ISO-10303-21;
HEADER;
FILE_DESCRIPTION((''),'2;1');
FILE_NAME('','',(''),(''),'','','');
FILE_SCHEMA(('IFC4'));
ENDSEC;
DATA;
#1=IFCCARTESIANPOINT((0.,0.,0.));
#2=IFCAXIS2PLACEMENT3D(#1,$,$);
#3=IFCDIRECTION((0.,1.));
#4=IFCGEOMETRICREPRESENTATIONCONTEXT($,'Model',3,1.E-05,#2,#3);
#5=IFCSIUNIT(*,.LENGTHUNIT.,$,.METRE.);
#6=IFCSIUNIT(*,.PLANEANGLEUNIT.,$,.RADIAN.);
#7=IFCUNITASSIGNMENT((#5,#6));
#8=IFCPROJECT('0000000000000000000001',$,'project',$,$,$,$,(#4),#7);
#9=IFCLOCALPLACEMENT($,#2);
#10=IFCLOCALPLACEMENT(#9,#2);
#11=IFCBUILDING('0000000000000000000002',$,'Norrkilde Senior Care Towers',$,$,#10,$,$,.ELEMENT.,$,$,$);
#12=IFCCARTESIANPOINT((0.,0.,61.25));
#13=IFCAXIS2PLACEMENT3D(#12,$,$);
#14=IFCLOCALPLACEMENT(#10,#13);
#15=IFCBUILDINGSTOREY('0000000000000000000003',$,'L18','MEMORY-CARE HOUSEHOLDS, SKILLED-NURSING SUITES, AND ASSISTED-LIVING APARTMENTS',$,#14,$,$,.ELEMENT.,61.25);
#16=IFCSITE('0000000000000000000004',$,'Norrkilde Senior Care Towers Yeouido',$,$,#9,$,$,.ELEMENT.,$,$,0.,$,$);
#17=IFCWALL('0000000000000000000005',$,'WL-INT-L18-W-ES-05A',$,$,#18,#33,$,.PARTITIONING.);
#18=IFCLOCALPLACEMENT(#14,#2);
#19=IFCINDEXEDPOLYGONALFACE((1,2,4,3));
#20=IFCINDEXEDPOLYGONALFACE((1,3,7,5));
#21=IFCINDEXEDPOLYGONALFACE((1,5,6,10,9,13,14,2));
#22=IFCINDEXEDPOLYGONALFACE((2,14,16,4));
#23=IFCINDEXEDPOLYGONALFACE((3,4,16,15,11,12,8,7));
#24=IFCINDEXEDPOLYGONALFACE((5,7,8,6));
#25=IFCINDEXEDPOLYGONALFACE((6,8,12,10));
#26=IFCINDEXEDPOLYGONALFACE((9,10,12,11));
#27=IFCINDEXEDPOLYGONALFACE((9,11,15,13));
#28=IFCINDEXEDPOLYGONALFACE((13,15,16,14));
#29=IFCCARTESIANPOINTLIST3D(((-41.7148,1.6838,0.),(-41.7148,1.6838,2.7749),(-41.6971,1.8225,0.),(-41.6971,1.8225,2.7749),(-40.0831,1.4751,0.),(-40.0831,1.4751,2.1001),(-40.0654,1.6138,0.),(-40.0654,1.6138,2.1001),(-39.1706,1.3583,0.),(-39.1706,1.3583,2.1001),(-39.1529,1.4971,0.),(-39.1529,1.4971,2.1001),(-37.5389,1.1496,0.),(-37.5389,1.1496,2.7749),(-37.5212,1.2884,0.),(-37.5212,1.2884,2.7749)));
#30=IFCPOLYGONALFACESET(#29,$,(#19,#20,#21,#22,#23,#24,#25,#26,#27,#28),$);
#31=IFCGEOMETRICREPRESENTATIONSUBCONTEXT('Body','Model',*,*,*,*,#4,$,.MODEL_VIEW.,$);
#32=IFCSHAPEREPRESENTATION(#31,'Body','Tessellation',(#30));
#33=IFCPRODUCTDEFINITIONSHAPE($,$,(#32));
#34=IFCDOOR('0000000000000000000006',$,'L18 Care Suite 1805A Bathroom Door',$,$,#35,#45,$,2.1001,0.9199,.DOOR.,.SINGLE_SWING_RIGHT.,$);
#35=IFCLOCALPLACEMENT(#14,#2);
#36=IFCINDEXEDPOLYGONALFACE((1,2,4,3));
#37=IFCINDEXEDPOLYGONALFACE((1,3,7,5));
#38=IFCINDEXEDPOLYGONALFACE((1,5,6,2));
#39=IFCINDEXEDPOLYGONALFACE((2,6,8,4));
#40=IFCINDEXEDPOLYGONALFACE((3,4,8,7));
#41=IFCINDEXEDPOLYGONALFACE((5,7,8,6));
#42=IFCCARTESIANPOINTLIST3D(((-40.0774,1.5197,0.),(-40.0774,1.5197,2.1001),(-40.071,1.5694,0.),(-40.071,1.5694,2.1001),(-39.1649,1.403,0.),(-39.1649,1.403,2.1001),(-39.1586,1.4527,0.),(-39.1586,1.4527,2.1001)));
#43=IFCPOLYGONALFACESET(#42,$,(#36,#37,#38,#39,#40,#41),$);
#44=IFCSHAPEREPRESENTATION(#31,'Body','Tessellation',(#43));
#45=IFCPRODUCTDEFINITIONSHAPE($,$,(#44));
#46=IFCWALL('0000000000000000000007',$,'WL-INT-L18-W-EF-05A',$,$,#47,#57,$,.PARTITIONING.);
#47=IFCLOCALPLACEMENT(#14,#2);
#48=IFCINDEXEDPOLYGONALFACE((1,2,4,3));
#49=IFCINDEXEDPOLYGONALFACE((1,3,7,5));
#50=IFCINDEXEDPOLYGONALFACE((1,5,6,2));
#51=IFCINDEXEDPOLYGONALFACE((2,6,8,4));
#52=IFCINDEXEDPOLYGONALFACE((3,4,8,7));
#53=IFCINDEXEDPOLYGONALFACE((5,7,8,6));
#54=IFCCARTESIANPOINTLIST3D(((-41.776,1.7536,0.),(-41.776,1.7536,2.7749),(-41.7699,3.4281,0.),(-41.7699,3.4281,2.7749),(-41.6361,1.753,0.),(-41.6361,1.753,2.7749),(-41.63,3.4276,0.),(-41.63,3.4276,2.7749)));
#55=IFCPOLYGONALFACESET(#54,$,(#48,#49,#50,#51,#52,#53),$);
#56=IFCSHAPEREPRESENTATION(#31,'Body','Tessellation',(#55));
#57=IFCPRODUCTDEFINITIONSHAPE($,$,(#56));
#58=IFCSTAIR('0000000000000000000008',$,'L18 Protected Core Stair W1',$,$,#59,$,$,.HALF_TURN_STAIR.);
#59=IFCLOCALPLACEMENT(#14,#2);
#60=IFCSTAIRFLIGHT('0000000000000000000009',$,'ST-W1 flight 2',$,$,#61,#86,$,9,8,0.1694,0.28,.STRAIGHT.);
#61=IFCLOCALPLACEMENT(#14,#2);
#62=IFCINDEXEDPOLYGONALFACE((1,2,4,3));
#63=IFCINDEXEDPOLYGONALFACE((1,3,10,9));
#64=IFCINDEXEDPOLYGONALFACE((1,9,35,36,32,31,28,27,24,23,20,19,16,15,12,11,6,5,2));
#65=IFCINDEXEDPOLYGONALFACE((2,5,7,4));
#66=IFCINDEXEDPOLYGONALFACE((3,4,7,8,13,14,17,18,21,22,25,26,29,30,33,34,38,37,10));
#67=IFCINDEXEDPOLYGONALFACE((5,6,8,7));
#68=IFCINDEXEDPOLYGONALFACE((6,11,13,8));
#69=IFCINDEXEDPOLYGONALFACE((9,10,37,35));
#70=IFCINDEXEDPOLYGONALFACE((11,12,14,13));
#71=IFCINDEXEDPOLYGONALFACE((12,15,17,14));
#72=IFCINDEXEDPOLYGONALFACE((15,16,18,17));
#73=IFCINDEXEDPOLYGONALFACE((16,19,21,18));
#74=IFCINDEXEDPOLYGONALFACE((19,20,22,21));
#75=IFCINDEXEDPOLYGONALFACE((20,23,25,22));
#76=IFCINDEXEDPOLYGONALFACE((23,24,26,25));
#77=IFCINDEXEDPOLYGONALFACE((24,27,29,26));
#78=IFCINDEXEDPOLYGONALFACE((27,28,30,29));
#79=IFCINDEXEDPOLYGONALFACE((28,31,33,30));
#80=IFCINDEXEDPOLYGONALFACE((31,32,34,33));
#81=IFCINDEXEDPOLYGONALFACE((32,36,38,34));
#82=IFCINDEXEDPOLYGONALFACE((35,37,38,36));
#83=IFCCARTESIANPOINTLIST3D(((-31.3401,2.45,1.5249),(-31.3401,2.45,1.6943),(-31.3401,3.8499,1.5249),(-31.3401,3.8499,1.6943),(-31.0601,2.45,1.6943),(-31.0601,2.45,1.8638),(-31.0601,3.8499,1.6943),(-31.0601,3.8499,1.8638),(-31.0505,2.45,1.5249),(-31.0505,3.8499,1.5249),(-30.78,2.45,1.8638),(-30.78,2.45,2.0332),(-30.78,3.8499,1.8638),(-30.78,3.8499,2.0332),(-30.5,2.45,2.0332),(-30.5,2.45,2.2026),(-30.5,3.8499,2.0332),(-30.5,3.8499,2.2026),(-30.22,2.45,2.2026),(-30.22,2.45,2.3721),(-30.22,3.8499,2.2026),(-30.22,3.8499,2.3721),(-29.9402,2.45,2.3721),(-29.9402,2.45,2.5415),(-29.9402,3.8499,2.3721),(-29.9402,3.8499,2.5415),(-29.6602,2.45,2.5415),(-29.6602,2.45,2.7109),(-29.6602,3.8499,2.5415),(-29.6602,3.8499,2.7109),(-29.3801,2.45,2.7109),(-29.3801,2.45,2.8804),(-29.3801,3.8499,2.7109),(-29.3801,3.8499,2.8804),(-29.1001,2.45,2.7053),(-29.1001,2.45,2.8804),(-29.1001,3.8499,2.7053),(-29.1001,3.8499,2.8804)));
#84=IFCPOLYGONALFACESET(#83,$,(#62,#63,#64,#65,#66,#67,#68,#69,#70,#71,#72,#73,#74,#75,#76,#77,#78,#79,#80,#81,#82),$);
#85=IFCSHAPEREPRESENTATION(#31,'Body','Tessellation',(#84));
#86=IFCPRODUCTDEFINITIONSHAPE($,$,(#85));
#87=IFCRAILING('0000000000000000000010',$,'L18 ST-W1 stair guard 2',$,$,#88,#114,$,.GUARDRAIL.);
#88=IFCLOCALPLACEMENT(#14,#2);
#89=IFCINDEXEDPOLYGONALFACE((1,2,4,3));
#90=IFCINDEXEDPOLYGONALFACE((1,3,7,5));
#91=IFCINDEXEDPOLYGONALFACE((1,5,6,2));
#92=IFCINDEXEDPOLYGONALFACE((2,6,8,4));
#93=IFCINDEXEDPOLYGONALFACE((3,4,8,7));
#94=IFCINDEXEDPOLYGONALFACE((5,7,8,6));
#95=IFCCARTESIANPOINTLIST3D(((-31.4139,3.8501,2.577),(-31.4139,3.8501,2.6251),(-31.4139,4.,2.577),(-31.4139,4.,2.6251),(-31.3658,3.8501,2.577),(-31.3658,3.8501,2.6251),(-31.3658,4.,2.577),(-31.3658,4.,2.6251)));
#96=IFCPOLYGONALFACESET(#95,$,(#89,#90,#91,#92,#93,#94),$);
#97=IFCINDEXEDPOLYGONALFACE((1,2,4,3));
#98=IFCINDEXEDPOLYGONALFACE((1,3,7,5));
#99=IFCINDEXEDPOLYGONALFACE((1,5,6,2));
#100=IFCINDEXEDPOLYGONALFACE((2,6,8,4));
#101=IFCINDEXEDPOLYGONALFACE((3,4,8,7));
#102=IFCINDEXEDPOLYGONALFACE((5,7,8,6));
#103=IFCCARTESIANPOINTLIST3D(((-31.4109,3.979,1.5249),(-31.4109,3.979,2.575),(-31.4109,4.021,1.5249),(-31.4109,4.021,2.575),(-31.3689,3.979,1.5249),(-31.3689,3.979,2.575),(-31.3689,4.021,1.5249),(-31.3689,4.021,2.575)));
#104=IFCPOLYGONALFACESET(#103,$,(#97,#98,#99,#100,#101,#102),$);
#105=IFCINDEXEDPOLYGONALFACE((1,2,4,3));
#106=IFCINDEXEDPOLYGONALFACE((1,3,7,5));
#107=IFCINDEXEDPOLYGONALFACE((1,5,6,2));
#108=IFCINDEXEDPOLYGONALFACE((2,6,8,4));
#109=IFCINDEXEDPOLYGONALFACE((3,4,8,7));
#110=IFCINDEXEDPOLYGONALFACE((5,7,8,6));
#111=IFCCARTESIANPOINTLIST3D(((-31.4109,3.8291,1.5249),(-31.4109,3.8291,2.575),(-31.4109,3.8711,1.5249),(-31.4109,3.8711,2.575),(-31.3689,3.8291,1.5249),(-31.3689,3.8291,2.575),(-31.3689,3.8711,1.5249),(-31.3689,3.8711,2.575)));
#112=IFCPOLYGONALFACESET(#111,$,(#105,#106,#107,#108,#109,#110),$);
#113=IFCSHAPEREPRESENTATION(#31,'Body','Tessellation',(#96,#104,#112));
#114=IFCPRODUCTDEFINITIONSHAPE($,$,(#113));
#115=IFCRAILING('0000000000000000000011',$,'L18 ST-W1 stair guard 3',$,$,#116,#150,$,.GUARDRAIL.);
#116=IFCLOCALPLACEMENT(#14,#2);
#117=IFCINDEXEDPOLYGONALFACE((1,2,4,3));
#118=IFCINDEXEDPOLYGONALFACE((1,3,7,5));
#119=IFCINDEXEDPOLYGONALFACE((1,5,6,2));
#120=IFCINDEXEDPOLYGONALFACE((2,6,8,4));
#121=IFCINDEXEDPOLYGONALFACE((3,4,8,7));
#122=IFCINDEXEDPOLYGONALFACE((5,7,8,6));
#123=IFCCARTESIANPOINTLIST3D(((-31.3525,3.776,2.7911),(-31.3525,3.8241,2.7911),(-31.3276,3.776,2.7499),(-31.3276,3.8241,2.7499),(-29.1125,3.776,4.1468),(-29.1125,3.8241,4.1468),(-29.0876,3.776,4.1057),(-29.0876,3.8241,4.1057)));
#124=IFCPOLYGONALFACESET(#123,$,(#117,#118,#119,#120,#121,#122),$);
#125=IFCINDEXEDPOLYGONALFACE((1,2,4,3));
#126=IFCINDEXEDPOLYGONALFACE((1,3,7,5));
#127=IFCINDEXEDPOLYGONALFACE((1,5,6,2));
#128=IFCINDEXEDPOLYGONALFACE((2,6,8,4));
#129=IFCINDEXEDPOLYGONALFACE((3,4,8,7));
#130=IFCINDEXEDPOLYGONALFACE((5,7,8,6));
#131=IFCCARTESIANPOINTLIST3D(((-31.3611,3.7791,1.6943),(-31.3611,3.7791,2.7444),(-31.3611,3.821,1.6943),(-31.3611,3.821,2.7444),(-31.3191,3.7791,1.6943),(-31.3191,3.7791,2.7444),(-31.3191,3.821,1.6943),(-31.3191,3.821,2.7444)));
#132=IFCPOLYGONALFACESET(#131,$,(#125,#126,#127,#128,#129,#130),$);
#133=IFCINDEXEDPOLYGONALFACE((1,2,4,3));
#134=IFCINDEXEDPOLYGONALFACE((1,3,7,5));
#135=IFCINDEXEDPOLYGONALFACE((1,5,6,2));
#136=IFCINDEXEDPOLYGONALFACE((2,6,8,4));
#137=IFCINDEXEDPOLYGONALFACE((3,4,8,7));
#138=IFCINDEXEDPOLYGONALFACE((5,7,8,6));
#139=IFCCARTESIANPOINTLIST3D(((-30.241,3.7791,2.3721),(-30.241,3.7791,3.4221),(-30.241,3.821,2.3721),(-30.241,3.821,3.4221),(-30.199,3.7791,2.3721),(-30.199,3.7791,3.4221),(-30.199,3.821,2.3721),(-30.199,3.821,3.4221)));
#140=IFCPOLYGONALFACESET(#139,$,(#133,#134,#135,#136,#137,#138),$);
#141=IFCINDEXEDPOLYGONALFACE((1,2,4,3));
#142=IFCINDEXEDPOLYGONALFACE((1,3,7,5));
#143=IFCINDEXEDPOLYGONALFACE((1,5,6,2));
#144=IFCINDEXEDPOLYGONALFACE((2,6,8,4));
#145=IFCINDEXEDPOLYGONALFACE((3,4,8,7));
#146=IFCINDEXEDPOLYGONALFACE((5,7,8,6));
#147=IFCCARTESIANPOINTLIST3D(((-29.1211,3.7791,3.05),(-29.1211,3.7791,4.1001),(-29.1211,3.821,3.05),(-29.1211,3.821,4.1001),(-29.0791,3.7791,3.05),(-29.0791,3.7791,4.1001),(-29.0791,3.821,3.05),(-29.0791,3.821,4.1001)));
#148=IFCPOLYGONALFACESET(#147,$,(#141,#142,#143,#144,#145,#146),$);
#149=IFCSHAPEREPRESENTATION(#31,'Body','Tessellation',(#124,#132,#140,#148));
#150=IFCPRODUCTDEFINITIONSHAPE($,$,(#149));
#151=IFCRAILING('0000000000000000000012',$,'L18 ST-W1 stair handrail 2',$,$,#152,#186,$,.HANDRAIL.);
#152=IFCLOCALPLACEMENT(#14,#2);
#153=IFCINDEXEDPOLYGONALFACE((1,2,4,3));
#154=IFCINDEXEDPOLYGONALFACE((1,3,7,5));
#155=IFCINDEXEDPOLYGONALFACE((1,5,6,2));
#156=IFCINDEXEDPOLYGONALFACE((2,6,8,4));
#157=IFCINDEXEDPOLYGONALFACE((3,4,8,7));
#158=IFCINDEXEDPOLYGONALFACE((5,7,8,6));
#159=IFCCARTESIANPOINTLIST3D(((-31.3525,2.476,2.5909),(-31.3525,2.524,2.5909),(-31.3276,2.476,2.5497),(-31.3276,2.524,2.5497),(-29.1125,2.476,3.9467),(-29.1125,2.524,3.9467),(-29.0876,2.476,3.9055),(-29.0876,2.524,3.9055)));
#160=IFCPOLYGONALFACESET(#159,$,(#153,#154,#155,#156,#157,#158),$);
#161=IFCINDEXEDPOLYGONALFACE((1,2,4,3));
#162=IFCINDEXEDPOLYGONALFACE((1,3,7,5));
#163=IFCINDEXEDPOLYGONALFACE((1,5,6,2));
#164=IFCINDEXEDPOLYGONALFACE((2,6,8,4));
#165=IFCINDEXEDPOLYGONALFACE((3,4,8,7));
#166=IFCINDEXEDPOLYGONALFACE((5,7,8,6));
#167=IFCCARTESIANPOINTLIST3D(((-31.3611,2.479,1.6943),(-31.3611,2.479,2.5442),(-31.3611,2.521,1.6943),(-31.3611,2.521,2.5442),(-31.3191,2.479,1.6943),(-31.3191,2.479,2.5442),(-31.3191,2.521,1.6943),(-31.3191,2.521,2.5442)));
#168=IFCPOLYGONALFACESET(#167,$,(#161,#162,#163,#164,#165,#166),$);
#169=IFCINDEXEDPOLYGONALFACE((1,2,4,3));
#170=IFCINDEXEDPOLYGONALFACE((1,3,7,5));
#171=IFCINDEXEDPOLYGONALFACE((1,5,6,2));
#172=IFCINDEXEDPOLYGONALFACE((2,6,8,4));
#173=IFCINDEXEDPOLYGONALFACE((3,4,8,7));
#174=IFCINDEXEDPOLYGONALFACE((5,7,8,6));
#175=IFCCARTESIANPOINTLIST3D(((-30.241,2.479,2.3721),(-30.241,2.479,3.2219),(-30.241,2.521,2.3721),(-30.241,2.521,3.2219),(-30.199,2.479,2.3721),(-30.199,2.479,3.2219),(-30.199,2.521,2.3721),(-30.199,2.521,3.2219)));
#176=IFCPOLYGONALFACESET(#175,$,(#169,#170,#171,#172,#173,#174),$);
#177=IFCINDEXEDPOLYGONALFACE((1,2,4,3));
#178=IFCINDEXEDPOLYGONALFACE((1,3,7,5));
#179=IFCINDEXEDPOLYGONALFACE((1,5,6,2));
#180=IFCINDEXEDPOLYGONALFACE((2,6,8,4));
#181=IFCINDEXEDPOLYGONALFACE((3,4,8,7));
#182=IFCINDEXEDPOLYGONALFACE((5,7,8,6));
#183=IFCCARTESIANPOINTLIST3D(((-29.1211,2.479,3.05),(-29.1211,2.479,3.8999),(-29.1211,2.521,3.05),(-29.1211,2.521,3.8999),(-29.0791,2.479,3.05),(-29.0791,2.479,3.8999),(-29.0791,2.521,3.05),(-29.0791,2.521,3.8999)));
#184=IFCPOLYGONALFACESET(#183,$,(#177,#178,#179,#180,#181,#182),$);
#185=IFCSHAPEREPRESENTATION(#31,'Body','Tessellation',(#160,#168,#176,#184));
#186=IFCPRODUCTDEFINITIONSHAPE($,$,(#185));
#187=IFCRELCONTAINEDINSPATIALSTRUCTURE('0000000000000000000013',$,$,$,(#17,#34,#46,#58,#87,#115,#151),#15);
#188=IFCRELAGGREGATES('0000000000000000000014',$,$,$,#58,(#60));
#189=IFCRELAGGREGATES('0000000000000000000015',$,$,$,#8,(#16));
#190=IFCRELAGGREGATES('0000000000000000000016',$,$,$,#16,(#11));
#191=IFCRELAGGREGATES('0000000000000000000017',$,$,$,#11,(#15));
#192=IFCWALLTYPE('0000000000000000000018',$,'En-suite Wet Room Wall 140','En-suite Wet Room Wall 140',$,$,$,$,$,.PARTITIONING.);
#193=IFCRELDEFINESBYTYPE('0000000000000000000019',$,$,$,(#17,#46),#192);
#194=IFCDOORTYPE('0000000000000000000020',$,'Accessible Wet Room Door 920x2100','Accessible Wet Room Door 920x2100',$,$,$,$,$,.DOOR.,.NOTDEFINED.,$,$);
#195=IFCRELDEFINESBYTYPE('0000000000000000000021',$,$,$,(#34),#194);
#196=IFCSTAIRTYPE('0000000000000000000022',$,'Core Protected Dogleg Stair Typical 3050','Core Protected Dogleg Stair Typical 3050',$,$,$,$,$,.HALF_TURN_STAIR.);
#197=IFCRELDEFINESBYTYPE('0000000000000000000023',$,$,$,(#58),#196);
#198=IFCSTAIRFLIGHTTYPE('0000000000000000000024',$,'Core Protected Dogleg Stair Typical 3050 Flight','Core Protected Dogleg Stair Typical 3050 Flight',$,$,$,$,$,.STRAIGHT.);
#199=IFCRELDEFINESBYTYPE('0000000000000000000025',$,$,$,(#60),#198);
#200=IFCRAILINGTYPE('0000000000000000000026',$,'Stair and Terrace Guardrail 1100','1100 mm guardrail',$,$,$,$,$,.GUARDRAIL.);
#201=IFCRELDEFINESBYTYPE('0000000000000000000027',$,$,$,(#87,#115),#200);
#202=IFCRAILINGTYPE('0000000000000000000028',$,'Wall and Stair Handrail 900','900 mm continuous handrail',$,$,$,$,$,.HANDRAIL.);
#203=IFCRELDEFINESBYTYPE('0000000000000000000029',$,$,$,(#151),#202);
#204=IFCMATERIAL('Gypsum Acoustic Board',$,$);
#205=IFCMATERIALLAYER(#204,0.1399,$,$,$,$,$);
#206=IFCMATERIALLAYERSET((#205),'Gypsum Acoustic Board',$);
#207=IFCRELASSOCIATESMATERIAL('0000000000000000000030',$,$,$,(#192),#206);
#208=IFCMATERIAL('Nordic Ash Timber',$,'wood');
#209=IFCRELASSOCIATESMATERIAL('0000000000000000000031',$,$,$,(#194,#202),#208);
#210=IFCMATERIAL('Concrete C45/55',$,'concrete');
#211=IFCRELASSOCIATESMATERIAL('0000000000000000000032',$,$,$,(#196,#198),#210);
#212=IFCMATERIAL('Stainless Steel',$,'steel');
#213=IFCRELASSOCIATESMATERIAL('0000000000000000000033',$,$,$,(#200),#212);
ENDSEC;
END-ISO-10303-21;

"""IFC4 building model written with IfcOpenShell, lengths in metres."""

from ifc_helpers import new_model, si_unit, direction, frame, frame_2d, origin, origin_2d, place, context, subcontext, project, spatial, polyline, rectangle, outline, extrude, source, transform, mapped, material, layer, layer_set, type_object, type_shapes, element, fill, aggregate, save


model = new_model("IFC4")

# Units and contexts
model_context = context("Model", 3, precision=1e-05, world=origin(), true_north=direction((0.0, 1.0)))
body_context = subcontext(model_context, "Body", "Model", "MODEL_VIEW")
ifc_project = project(units=[si_unit("LENGTHUNIT", "METRE"), si_unit("PLANEANGLEUNIT", "RADIAN")], contexts=[model_context])

# Site, building, storey
site_placement = place(None, origin())
site = spatial("IfcSite", under=ifc_project, at=site_placement, Name="Norrkilde Senior Care Towers Yeouido", CompositionType="ELEMENT", RefElevation=0.0)
building_placement = place(site_placement, origin())
building = spatial("IfcBuilding", under=site, at=building_placement, Name="Norrkilde Senior Care Towers", CompositionType="ELEMENT")
storey_placement = place(building_placement, frame((0.0, 0.0, 61.25)))
storey = spatial("IfcBuildingStorey", under=building, at=storey_placement, Name="L18", Description="MEMORY-CARE HOUSEHOLDS, SKILLED-NURSING SUITES, AND ASSISTED-LIVING APARTMENTS", CompositionType="ELEMENT", Elevation=61.25)

# Shared definitions
ifc_material_1 = material(Name="Gypsum Acoustic Board")
ifc_material_2 = material(Name="Concrete C45/55", Category="concrete")

# Wall, opening, door
ifc_layer_1 = layer(ifc_material_1, 0.1399)
ifc_layer_set_1 = layer_set([ifc_layer_1], Name="Gypsum Acoustic Board")
wall_type_1 = type_object("IfcWallType", Name="En-suite Wet Room Wall 140", Description="En-suite Wet Room Wall 140", PredefinedType="PARTITIONING", material=ifc_layer_set_1)
shared_shape_1 = source(origin(), body_context, "Body", "SweptSolid", [
    extrude(rectangle(XDim=4.21, YDim=0.1399, at=frame_2d((2.105, 0.0))), origin(), (0.0, 0.0, 1.0), 2.7749),
])
wall_1_placement = place(storey_placement, frame((-37.53, 1.219, 0.0), z_axis=(0.0, 0.0, 1.0), x_axis=(-0.991918, 0.126882, 0.0)))
wall_1 = element("IfcWall", 1, at=wall_1_placement, inside=storey, type_object=wall_type_1, Name="WL-INT-L18-W-ES-05A", PredefinedType="PARTITIONING", context=body_context, shape_type="MappedRepresentation", body=[
    mapped(shared_shape_1, transform((0.0, 0.0, 0.0), x_axis=(1.0, 0.0, 0.0), y_axis=(0.0, 1.0, 0.0), z_axis=(0.0, 0.0, 1.0), scale=1.0)),
])
opening_placement = place(wall_1_placement, frame((1.645, 0.0, 0.0)))
opening = element("IfcOpeningElement", 2, at=opening_placement, cuts=wall_1, PredefinedType="OPENING", context=body_context, shape_type="SweptSolid", body=[
    extrude(rectangle(XDim=0.9199, YDim=2.1001, at=frame_2d((0.46, 1.05))), frame((0.0, 0.0798, 0.0), z_axis=(0.0, -1.0, 0.0), x_axis=(1.0, 0.0, 0.0)), (0.0, 0.0, 1.0), 0.1599),
])
ifc_material_3 = material(Name="Nordic Ash Timber", Category="wood")
door_type = type_object("IfcDoorType", Name="Accessible Wet Room Door 920x2100", Description="Accessible Wet Room Door 920x2100", OperationType="NOTDEFINED", PredefinedType="DOOR", material=ifc_material_3)
shared_shape_2 = source(origin(), body_context, "Body", "SweptSolid", [
    extrude(rectangle(XDim=0.9199, YDim=2.1001, at=frame_2d((0.46, 1.05))), frame((0.0, 0.0249, 0.0), z_axis=(0.0, -1.0, 0.0), x_axis=(1.0, 0.0, 0.0)), (0.0, 0.0, 1.0), 0.05),
])
type_shapes(door_type, [shared_shape_2])
door_placement = place(opening_placement, origin())
door = element("IfcDoor", 3, at=door_placement, inside=storey, type_object=door_type, Name="L18 Care Suite 1805A Bathroom Door", OperationType="SINGLE_SWING_RIGHT", OverallHeight=2.1001, OverallWidth=0.9199, PredefinedType="DOOR", context=body_context, shape_type="MappedRepresentation", body=[
    mapped(shared_shape_2, transform((0.0, 0.0, 0.0), x_axis=(1.0, 0.0, 0.0), y_axis=(0.0, 1.0, 0.0), z_axis=(0.0, 0.0, 1.0), scale=1.0)),
])
fill(opening, door)

# Wall
shared_shape_3 = source(origin(), body_context, "Body", "SweptSolid", [
    extrude(rectangle(XDim=1.6746, YDim=0.1399, at=frame_2d((0.8374, 0.0))), origin(), (0.0, 0.0, 1.0), 2.7749),
])
type_shapes(wall_type_1, [shared_shape_1, shared_shape_3])
wall_2_placement = place(storey_placement, frame((-41.7061, 1.7532, 0.0), z_axis=(0.0, 0.0, 1.0), x_axis=(0.003645, 0.999993, 0.0)))
element("IfcWall", 4, at=wall_2_placement, inside=storey, type_object=wall_type_1, Name="WL-INT-L18-W-EF-05A", PredefinedType="PARTITIONING", context=body_context, shape_type="MappedRepresentation", body=[
    mapped(shared_shape_3, transform((0.0, 0.0, 0.0), x_axis=(1.0, 0.0, 0.0), y_axis=(0.0, 1.0, 0.0), z_axis=(0.0, 0.0, 1.0), scale=1.0)),
])

# Stair, stair flight
stair_type = type_object("IfcStairType", Name="Core Protected Dogleg Stair Typical 3050", Description="Core Protected Dogleg Stair Typical 3050", PredefinedType="HALF_TURN_STAIR", material=ifc_material_2)
stair_placement = place(storey_placement, origin())
stair = element("IfcStair", 5, at=stair_placement, inside=storey, type_object=stair_type, Name="L18 Protected Core Stair W1", PredefinedType="HALF_TURN_STAIR")
stair_flight_type = type_object("IfcStairFlightType", Name="Core Protected Dogleg Stair Typical 3050 Flight", Description="Core Protected Dogleg Stair Typical 3050 Flight", PredefinedType="STRAIGHT", material=ifc_material_2)
stair_flight_placement = place(storey_placement, frame((-31.3401, 3.1499, 1.5249), z_axis=(0.0, 0.0, 1.0), x_axis=(1.0, 0.0, 0.0)))
stair_flight = element("IfcStairFlight", 6, at=stair_flight_placement, type_object=stair_flight_type, Name="ST-W1 flight 2", NumberOfRisers=9, NumberOfTreads=8, PredefinedType="STRAIGHT", RiserHeight=0.1694, TreadLength=0.28, context=body_context, shape_type="SweptSolid", body=[
    extrude(outline(polyline([(0.0, 0.0), (0.0, 0.1694), (0.28, 0.1694), (0.28, 0.3389), (0.5601, 0.3389), (0.5601, 0.5083), (0.8401, 0.5083), (0.8401, 0.6777), (1.1201, 0.6777), (1.1201, 0.8472), (1.3999, 0.8472), (1.3999, 1.0166), (1.6799, 1.0166), (1.6799, 1.186), (1.96, 1.186), (1.96, 1.3555), (2.24, 1.3555), (2.24, 1.5249), (2.24, 1.1804), (0.2896, 0.0), (0.0, 0.0)])), frame((0.0, 0.7, 0.0), z_axis=(0.0, -1.0, 0.0), x_axis=(1.0, 0.0, 0.0)), (0.0, 0.0, 1.0), 1.3999),
])
aggregate(stair, [stair_flight])

# Railings
ifc_material_4 = material(Name="Stainless Steel", Category="steel")
railing_type_1 = type_object("IfcRailingType", Name="Stair and Terrace Guardrail 1100", Description="1100 mm guardrail", PredefinedType="GUARDRAIL", material=ifc_material_4)
railing_1_placement = place(storey_placement, frame((-31.3899, 4.0, 1.5249)))
element("IfcRailing", 7, at=railing_1_placement, inside=storey, type_object=railing_type_1, Name="L18 ST-W1 stair guard 2", PredefinedType="GUARDRAIL", context=body_context, shape_type="SweptSolid", body=[
    extrude(rectangle(XDim=0.0481, YDim=0.0481, at=origin_2d()), frame((0.0, 0.0, 1.0762), z_axis=(0.0, -1.0, 0.0), x_axis=(1.0, 0.0, 0.0)), (0.0, 0.0, 1.0), 0.1499),
    extrude(rectangle(XDim=0.042, YDim=0.042, at=origin_2d()), origin(), (0.0, 0.0, 1.0), 1.05),
    extrude(rectangle(XDim=0.042, YDim=0.042, at=origin_2d()), frame((0.0, -0.1499, 0.0)), (0.0, 0.0, 1.0), 1.05),
])
railing_2_placement = place(storey_placement, frame((-31.3401, 3.8, 1.6943)))
element("IfcRailing", 8, at=railing_2_placement, inside=storey, type_object=railing_type_1, Name="L18 ST-W1 stair guard 3", PredefinedType="GUARDRAIL", context=body_context, shape_type="SweptSolid", body=[
    extrude(rectangle(XDim=0.0481, YDim=0.0481, at=origin_2d()), frame((0.0, 0.0, 1.0762), z_axis=(0.855512, 0.0, 0.517783), x_axis=(0.0, 1.0, 0.0)), (0.0, 0.0, 1.0), 2.6184),
    extrude(rectangle(XDim=0.042, YDim=0.042, at=origin_2d()), origin(), (0.0, 0.0, 1.0), 1.05),
    extrude(rectangle(XDim=0.042, YDim=0.042, at=origin_2d()), frame((1.1201, 0.0, 0.6777)), (0.0, 0.0, 1.0), 1.05),
    extrude(rectangle(XDim=0.042, YDim=0.042, at=origin_2d()), frame((2.24, 0.0, 1.3557)), (0.0, 0.0, 1.0), 1.05),
])
railing_type_2 = type_object("IfcRailingType", Name="Wall and Stair Handrail 900", Description="900 mm continuous handrail", PredefinedType="HANDRAIL", material=ifc_material_3)
railing_3_placement = place(storey_placement, frame((-31.3401, 2.5, 1.6943)))
element("IfcRailing", 9, at=railing_3_placement, inside=storey, type_object=railing_type_2, Name="L18 ST-W1 stair handrail 2", PredefinedType="HANDRAIL", context=body_context, shape_type="SweptSolid", body=[
    extrude(rectangle(XDim=0.0481, YDim=0.0481, at=origin_2d()), frame((0.0, 0.0, 0.876), z_axis=(0.855512, 0.0, 0.517783), x_axis=(0.0, 1.0, 0.0)), (0.0, 0.0, 1.0), 2.6184),
    extrude(rectangle(XDim=0.042, YDim=0.042, at=origin_2d()), origin(), (0.0, 0.0, 1.0), 0.8499),
    extrude(rectangle(XDim=0.042, YDim=0.042, at=origin_2d()), frame((1.1201, 0.0, 0.6777)), (0.0, 0.0, 1.0), 0.8499),
    extrude(rectangle(XDim=0.042, YDim=0.042, at=origin_2d()), frame((2.24, 0.0, 1.3557)), (0.0, 0.0, 1.0), 0.8499),
])

save(model, "model.ifc")
